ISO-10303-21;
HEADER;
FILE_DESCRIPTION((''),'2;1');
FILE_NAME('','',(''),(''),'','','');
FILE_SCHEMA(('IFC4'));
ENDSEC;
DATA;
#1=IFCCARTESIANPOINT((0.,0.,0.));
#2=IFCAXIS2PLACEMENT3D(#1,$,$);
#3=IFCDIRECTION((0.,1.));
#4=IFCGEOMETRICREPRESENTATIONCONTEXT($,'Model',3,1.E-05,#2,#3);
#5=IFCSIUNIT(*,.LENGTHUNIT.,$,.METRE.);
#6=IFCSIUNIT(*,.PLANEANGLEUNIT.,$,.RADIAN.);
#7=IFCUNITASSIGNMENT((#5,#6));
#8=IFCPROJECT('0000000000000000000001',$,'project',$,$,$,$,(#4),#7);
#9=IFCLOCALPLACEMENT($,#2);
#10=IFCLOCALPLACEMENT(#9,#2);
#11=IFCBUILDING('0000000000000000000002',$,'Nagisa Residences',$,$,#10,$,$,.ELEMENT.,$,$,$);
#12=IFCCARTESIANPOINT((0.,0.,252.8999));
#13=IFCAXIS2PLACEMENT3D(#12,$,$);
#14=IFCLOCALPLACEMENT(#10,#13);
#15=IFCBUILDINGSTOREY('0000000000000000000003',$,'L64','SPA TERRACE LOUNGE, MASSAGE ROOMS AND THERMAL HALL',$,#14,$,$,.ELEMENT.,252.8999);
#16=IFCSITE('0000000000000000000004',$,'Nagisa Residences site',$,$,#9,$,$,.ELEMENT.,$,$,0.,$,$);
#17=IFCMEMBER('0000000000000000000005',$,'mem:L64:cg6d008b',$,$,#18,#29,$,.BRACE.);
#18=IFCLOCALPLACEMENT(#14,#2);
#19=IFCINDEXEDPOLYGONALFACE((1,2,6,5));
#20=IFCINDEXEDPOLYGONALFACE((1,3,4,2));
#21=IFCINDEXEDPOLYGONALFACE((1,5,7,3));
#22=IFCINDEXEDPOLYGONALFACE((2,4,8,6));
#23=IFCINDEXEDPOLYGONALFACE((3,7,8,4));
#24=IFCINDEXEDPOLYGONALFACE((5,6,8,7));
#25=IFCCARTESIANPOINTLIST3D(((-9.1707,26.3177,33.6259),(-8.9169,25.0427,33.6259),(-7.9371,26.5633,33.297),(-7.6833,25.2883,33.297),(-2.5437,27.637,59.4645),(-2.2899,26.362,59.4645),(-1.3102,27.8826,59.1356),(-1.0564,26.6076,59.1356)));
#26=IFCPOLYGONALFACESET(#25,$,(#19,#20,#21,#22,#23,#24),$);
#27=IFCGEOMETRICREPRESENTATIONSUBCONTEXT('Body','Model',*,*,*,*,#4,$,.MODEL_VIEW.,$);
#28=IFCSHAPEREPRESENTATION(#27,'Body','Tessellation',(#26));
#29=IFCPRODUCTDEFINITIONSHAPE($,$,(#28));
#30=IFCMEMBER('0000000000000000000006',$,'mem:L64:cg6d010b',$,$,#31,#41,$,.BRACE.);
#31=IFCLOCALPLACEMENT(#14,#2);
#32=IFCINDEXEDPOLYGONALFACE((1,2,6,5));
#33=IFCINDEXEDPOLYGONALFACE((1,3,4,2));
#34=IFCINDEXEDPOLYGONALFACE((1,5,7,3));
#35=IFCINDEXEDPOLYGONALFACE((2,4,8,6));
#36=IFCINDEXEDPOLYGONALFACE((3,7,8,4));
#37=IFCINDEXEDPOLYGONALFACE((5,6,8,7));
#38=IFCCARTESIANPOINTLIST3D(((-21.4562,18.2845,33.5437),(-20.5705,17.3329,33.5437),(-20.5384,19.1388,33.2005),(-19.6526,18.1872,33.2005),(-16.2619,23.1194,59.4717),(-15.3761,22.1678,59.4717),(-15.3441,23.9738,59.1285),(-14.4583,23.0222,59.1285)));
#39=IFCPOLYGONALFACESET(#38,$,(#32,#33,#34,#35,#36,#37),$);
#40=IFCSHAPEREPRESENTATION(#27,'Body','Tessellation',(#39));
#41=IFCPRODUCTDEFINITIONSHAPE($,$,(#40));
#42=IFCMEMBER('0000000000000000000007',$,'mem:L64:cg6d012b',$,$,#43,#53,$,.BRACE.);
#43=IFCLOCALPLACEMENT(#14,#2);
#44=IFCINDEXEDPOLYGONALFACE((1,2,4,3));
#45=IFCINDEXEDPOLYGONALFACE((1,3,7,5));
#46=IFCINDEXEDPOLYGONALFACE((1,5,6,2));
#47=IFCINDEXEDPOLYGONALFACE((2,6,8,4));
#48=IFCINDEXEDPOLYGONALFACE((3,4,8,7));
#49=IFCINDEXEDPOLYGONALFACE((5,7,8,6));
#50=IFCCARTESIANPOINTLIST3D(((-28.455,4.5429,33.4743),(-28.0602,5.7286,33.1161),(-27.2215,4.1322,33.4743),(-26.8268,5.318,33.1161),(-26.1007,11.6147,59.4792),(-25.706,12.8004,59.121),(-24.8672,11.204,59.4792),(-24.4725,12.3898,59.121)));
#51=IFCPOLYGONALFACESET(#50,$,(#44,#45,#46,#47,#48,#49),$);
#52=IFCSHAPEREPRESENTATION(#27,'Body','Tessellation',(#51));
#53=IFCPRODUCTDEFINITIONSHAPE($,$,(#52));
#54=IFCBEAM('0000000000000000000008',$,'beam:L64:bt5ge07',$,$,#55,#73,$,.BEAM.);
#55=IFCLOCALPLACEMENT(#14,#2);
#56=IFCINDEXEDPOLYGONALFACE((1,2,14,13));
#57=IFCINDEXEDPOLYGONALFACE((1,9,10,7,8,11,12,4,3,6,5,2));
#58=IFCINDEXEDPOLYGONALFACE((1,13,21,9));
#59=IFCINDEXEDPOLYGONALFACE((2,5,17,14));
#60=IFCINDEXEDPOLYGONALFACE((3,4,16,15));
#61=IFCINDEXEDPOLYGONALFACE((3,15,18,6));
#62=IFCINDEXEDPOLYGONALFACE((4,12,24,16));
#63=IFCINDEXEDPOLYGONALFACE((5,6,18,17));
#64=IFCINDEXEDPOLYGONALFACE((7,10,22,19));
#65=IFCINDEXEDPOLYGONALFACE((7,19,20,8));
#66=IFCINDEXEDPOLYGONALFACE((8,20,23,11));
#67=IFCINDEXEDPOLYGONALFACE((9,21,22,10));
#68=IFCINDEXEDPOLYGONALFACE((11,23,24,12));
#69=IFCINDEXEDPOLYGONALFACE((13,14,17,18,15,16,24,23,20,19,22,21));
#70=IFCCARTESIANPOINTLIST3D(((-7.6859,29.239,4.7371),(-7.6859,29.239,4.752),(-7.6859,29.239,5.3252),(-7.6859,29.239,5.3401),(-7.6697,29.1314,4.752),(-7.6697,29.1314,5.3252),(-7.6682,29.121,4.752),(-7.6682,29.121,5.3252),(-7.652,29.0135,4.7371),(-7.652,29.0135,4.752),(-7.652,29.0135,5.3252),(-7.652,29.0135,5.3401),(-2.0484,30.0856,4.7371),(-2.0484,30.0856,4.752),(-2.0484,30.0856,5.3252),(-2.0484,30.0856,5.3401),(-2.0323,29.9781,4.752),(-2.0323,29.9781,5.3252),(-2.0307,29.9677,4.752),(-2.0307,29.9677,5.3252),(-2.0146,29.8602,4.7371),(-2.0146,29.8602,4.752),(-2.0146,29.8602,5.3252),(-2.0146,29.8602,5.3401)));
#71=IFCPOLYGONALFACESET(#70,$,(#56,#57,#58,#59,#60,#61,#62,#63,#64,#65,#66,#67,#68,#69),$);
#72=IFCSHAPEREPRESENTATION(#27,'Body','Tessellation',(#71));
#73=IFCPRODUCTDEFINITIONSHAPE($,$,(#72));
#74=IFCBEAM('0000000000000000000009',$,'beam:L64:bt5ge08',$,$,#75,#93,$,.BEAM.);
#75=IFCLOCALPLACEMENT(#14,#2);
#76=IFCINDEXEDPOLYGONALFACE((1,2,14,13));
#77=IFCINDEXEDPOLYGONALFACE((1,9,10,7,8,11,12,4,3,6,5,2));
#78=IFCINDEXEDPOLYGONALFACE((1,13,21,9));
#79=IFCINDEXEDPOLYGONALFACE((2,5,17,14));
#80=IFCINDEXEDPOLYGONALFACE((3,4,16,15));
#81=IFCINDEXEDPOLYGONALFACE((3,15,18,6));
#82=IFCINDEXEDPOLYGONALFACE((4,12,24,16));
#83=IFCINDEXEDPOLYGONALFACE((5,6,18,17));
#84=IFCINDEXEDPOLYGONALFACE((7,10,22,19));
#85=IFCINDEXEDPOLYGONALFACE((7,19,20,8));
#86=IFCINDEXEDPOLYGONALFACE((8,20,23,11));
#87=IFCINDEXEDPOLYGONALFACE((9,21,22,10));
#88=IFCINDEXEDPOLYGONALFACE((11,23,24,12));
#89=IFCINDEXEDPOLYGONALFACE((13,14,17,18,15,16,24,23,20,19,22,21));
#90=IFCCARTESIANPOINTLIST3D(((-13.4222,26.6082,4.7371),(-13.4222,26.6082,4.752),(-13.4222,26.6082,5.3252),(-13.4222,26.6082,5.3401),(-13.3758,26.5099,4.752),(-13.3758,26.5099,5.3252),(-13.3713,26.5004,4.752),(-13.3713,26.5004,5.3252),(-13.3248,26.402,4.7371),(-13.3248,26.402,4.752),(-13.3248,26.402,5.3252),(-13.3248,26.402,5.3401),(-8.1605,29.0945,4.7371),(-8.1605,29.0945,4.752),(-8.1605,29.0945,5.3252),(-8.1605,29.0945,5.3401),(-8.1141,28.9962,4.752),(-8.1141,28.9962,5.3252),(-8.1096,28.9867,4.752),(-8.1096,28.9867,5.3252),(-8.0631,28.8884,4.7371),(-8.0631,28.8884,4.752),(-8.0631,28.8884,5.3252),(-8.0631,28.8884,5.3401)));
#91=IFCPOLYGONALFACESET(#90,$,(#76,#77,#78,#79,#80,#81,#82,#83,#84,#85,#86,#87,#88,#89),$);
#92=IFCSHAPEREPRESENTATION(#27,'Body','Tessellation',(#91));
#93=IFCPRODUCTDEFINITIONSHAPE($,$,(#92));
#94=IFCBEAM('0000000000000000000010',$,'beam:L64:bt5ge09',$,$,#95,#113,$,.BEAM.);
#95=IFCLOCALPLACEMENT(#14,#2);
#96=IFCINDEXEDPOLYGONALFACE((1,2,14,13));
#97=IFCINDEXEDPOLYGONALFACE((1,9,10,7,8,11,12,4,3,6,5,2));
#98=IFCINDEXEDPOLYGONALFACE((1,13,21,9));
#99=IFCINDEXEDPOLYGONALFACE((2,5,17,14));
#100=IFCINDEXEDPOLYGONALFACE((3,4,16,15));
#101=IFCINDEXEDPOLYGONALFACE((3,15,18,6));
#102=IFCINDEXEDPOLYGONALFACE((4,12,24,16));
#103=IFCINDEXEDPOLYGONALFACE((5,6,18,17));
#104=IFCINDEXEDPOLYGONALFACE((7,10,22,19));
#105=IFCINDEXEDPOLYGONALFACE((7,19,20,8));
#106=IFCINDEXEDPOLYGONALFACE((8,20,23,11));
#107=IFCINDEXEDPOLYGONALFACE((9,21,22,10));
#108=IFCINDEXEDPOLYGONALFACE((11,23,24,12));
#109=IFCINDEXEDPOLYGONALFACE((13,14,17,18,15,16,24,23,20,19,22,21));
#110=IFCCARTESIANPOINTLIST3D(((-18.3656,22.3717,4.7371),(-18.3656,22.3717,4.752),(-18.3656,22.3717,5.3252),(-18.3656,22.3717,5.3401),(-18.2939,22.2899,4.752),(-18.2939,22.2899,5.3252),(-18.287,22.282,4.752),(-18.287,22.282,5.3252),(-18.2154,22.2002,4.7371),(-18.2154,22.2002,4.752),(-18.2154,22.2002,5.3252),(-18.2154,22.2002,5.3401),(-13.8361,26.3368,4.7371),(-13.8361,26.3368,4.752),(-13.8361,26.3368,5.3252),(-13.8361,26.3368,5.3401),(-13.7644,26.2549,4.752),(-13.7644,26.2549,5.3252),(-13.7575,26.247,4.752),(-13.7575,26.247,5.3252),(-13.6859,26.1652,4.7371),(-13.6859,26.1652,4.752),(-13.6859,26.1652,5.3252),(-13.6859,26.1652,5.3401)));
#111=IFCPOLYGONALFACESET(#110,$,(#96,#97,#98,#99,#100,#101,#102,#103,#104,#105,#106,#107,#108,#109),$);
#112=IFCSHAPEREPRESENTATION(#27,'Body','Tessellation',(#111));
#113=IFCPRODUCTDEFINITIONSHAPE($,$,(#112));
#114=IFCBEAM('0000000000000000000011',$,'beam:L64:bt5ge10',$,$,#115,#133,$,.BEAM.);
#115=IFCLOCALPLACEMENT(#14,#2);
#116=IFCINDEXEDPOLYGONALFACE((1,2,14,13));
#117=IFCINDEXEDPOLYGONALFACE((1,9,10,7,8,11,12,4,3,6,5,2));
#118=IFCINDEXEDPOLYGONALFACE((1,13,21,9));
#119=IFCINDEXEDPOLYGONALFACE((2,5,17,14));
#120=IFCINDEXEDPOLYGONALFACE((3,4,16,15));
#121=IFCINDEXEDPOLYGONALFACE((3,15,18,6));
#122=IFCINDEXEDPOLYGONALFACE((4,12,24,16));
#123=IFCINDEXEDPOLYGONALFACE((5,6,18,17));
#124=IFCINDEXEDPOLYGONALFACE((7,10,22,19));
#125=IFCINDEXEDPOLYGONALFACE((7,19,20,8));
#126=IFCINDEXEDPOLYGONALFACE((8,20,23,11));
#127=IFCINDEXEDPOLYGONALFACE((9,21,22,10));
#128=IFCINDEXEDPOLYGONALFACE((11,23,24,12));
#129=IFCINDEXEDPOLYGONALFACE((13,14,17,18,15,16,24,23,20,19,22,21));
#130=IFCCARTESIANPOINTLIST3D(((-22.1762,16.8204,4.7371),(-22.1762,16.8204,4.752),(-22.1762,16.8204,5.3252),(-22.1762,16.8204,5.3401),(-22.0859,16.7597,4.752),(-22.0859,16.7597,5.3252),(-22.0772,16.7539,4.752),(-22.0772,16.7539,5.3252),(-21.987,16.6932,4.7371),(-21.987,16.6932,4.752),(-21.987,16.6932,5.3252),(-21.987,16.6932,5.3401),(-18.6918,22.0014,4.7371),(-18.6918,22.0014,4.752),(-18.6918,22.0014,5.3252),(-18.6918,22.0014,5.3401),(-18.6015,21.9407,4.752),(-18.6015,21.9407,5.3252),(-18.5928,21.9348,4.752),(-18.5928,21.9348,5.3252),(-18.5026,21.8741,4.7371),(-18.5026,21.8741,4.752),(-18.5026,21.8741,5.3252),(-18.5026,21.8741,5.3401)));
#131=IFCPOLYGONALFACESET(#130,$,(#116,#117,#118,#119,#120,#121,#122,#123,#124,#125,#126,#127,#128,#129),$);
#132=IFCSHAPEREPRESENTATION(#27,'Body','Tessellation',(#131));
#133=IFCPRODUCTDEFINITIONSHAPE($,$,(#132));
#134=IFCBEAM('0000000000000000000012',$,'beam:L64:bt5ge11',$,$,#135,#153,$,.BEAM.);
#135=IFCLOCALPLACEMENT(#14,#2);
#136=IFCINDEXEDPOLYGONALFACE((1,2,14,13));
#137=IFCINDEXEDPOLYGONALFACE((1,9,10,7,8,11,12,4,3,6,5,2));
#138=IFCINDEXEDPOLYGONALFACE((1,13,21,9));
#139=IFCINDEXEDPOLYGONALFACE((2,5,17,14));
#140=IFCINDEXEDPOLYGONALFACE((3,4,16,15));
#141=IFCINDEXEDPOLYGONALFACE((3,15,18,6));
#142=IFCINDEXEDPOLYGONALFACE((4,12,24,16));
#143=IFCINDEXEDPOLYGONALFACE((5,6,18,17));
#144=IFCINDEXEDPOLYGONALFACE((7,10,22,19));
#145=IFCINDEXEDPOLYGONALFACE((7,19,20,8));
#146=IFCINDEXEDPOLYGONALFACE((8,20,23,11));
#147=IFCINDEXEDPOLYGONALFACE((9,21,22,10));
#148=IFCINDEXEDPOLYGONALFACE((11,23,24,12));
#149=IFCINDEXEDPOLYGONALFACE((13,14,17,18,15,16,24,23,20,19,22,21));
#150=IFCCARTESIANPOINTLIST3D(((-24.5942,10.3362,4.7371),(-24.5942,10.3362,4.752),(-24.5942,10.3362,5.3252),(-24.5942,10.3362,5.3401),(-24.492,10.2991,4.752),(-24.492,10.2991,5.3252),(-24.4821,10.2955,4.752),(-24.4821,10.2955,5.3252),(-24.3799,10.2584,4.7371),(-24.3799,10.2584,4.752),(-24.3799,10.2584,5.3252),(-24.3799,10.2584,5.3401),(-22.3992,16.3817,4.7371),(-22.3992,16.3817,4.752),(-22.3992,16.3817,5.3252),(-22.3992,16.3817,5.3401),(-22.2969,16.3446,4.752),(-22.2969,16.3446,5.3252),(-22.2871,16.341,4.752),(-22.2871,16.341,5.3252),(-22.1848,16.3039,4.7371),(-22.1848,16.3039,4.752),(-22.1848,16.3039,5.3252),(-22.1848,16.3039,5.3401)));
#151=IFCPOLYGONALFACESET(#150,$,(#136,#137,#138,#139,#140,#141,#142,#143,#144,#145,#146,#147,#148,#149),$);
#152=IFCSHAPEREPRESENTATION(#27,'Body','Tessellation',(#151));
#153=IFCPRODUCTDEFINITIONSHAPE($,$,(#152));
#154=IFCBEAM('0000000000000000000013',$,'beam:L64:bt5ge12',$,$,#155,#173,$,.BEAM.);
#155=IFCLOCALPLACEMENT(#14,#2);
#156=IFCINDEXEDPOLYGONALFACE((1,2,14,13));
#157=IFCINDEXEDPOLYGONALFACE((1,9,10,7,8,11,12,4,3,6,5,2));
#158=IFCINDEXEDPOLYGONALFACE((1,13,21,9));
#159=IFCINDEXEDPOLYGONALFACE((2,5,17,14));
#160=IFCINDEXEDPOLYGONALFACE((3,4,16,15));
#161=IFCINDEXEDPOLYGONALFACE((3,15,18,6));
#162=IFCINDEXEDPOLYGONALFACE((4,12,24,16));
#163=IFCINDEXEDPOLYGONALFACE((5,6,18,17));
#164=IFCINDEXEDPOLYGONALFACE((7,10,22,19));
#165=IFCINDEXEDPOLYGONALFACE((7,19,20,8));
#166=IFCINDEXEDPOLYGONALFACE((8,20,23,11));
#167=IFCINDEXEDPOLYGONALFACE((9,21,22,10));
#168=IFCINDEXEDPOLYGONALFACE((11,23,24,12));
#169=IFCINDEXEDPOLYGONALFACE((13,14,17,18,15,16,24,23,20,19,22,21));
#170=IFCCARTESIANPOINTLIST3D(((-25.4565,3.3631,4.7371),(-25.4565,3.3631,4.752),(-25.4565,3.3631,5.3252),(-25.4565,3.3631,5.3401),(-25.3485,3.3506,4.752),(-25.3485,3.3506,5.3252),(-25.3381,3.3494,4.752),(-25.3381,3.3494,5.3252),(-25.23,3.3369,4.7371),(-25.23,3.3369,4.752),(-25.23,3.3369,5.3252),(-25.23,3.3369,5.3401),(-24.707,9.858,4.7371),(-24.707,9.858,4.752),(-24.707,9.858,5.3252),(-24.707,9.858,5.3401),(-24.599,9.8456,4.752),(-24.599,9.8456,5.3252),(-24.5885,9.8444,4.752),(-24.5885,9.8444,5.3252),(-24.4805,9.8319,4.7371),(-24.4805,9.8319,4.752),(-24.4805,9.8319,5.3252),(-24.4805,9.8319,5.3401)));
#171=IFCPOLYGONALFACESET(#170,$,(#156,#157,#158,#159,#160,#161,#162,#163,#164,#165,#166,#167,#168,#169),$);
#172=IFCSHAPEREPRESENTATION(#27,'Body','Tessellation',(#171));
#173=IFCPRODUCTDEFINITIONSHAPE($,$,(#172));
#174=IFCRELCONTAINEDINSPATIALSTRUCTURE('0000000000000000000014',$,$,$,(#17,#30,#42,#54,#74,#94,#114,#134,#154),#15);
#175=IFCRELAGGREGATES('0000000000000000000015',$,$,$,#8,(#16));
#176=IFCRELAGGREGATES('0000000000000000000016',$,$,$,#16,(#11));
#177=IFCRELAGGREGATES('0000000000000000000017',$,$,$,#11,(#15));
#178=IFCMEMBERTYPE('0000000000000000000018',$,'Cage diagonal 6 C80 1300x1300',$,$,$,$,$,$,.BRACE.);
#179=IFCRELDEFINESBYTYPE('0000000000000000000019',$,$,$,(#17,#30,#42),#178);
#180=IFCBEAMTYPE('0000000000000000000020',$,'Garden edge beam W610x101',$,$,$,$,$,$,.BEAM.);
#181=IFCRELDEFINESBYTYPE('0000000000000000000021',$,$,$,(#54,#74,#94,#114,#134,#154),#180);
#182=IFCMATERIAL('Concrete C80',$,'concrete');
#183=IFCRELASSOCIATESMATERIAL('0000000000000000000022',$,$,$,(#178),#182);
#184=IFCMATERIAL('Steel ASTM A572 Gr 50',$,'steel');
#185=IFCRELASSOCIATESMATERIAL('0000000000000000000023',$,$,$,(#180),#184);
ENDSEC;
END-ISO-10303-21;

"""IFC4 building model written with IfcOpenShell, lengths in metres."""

from ifc_helpers import new_model, si_unit, direction, frame, origin, origin_2d, place, context, subcontext, project, spatial, rectangle, i_section, extrude, material, material_profile, profile_set, type_object, element, save


model = new_model("IFC4")

# Units and contexts
model_context = context("Model", 3, precision=1e-05, world=origin(), true_north=direction((0.0, 1.0)))
body_context = subcontext(model_context, "Body", "Model", "MODEL_VIEW")
ifc_project = project(units=[si_unit("LENGTHUNIT", "METRE"), si_unit("PLANEANGLEUNIT", "RADIAN")], contexts=[model_context])

# Site, building, storey
site_placement = place(None, origin())
site = spatial("IfcSite", under=ifc_project, at=site_placement, Name="Nagisa Residences site", CompositionType="ELEMENT", RefElevation=0.0)
building_placement = place(site_placement, origin())
building = spatial("IfcBuilding", under=site, at=building_placement, Name="Nagisa Residences", CompositionType="ELEMENT")
storey_placement = place(building_placement, frame((0.0, 0.0, 252.8999)))
storey = spatial("IfcBuildingStorey", under=building, at=storey_placement, Name="L64", Description="SPA TERRACE LOUNGE, MASSAGE ROOMS AND THERMAL HALL", CompositionType="ELEMENT", Elevation=252.8999)

# Members
ifc_material_1 = material(Name="Concrete C80", Category="concrete")
ifc_material_profile_1 = material_profile(ifc_material_1, rectangle(XDim=1.3, YDim=1.3, at=origin_2d()), Name="C80 1300x1300")
ifc_profile_set_1 = profile_set([ifc_material_profile_1], Name="Concrete C80")
member_type = type_object("IfcMemberType", Name="Cage diagonal 6 C80 1300x1300", PredefinedType="BRACE", material=ifc_profile_set_1)
member_1_placement = place(storey_placement, frame((-8.427, 25.803, 33.4614), z_axis=(0.248131, 0.049399, 0.967466), x_axis=(-0.195254, 0.980753, 0.0)))
element("IfcMember", 1, at=member_1_placement, inside=storey, type_object=member_type, Name="mem:L64:cg6d008b", PredefinedType="BRACE", context=body_context, shape_type="SweptSolid", body=[
    extrude(rectangle(XDim=1.3, YDim=1.3, at=origin_2d()), origin(), (0.0, 0.0, 1.0), 26.7075),
])
member_2_placement = place(storey_placement, frame((-20.5544, 18.2358, 33.3721), z_axis=(0.19323, 0.179862, 0.964527), x_axis=(-0.681332, 0.731974, 0.0)))
element("IfcMember", 2, at=member_2_placement, inside=storey, type_object=member_type, Name="mem:L64:cg6d010b", PredefinedType="BRACE", context=body_context, shape_type="SweptSolid", body=[
    extrude(rectangle(XDim=1.3, YDim=1.3, at=origin_2d()), origin(), (0.0, 0.0, 1.0), 26.8816),
])
member_3_placement = place(storey_placement, frame((-27.6409, 4.9304, 33.2952), z_axis=(0.087027, 0.261415, 0.961295), x_axis=(-0.948804, 0.315864, 0.0)))
element("IfcMember", 3, at=member_3_placement, inside=storey, type_object=member_type, Name="mem:L64:cg6d012b", PredefinedType="BRACE", context=body_context, shape_type="SweptSolid", body=[
    extrude(rectangle(XDim=1.3, YDim=1.3, at=origin_2d()), origin(), (0.0, 0.0, 1.0), 27.052),
])

# Beams
ifc_material_2 = material(Name="Steel ASTM A572 Gr 50", Category="steel")
ifc_material_profile_2 = material_profile(ifc_material_2, i_section(OverallWidth=0.228, OverallDepth=0.603, WebThickness=0.0105, FlangeThickness=0.0149, at=origin_2d()), Name="W610x101")
ifc_profile_set_2 = profile_set([ifc_material_profile_2], Name="Steel ASTM A572 Gr 50")
beam_type_1 = type_object("IfcBeamType", Name="Garden edge beam W610x101", PredefinedType="BEAM", material=ifc_profile_set_2)
beam_1_placement = place(storey_placement, frame((-2.0315, 29.9729, 5.0386), z_axis=(-0.988909, -0.148523, 0.0), x_axis=(0.148523, -0.988909, 0.0)))
element("IfcBeam", 4, at=beam_1_placement, inside=storey, type_object=beam_type_1, Name="beam:L64:bt5ge07", PredefinedType="BEAM", context=body_context, shape_type="SweptSolid", body=[
    extrude(i_section(OverallWidth=0.228, OverallDepth=0.603, WebThickness=0.0105, FlangeThickness=0.0149, at=origin_2d()), origin(), (0.0, 0.0, 1.0), 5.7007),
])
beam_2_placement = place(storey_placement, frame((-8.1118, 28.9915, 5.0386), z_axis=(-0.904141, -0.427235, 0.0), x_axis=(0.427235, -0.904141, 0.0)))
element("IfcBeam", 5, at=beam_2_placement, inside=storey, type_object=beam_type_1, Name="beam:L64:bt5ge08", PredefinedType="BEAM", context=body_context, shape_type="SweptSolid", body=[
    extrude(i_section(OverallWidth=0.228, OverallDepth=0.603, WebThickness=0.0105, FlangeThickness=0.0149, at=origin_2d()), origin(), (0.0, 0.0, 1.0), 5.8196),
])
beam_3_placement = place(storey_placement, frame((-13.761, 26.251, 5.0386), z_axis=(-0.752433, -0.658668, 0.0), x_axis=(0.658668, -0.752433, 0.0)))
element("IfcBeam", 6, at=beam_3_placement, inside=storey, type_object=beam_type_1, Name="beam:L64:bt5ge09", PredefinedType="BEAM", context=body_context, shape_type="SweptSolid", body=[
    extrude(i_section(OverallWidth=0.228, OverallDepth=0.603, WebThickness=0.0105, FlangeThickness=0.0149, at=origin_2d()), origin(), (0.0, 0.0, 1.0), 6.0198),
])
beam_4_placement = place(storey_placement, frame((-18.5972, 21.9377, 5.0386), z_axis=(-0.55807, -0.829794, 0.0), x_axis=(0.829794, -0.55807, 0.0)))
element("IfcBeam", 7, at=beam_4_placement, inside=storey, type_object=beam_type_1, Name="beam:L64:bt5ge10", PredefinedType="BEAM", context=body_context, shape_type="SweptSolid", body=[
    extrude(i_section(OverallWidth=0.228, OverallDepth=0.603, WebThickness=0.0105, FlangeThickness=0.0149, at=origin_2d()), origin(), (0.0, 0.0, 1.0), 6.2437),
])
beam_5_placement = place(storey_placement, frame((-22.292, 16.3428, 5.0386), z_axis=(-0.341295, -0.939956, 0.0), x_axis=(0.939956, -0.341295, 0.0)))
element("IfcBeam", 8, at=beam_5_placement, inside=storey, type_object=beam_type_1, Name="beam:L64:bt5ge11", PredefinedType="BEAM", context=body_context, shape_type="SweptSolid", body=[
    extrude(i_section(OverallWidth=0.228, OverallDepth=0.603, WebThickness=0.0105, FlangeThickness=0.0149, at=origin_2d()), origin(), (0.0, 0.0, 1.0), 6.4316),
])
beam_6_placement = place(storey_placement, frame((-24.5938, 9.845, 5.0386), z_axis=(-0.11464, -0.993407, 0.0), x_axis=(0.993407, -0.11464, 0.0)))
element("IfcBeam", 9, at=beam_6_placement, inside=storey, type_object=beam_type_1, Name="beam:L64:bt5ge12", PredefinedType="BEAM", context=body_context, shape_type="SweptSolid", body=[
    extrude(i_section(OverallWidth=0.228, OverallDepth=0.603, WebThickness=0.0105, FlangeThickness=0.0149, at=origin_2d()), origin(), (0.0, 0.0, 1.0), 6.5381),
])

save(model, "model.ifc")
